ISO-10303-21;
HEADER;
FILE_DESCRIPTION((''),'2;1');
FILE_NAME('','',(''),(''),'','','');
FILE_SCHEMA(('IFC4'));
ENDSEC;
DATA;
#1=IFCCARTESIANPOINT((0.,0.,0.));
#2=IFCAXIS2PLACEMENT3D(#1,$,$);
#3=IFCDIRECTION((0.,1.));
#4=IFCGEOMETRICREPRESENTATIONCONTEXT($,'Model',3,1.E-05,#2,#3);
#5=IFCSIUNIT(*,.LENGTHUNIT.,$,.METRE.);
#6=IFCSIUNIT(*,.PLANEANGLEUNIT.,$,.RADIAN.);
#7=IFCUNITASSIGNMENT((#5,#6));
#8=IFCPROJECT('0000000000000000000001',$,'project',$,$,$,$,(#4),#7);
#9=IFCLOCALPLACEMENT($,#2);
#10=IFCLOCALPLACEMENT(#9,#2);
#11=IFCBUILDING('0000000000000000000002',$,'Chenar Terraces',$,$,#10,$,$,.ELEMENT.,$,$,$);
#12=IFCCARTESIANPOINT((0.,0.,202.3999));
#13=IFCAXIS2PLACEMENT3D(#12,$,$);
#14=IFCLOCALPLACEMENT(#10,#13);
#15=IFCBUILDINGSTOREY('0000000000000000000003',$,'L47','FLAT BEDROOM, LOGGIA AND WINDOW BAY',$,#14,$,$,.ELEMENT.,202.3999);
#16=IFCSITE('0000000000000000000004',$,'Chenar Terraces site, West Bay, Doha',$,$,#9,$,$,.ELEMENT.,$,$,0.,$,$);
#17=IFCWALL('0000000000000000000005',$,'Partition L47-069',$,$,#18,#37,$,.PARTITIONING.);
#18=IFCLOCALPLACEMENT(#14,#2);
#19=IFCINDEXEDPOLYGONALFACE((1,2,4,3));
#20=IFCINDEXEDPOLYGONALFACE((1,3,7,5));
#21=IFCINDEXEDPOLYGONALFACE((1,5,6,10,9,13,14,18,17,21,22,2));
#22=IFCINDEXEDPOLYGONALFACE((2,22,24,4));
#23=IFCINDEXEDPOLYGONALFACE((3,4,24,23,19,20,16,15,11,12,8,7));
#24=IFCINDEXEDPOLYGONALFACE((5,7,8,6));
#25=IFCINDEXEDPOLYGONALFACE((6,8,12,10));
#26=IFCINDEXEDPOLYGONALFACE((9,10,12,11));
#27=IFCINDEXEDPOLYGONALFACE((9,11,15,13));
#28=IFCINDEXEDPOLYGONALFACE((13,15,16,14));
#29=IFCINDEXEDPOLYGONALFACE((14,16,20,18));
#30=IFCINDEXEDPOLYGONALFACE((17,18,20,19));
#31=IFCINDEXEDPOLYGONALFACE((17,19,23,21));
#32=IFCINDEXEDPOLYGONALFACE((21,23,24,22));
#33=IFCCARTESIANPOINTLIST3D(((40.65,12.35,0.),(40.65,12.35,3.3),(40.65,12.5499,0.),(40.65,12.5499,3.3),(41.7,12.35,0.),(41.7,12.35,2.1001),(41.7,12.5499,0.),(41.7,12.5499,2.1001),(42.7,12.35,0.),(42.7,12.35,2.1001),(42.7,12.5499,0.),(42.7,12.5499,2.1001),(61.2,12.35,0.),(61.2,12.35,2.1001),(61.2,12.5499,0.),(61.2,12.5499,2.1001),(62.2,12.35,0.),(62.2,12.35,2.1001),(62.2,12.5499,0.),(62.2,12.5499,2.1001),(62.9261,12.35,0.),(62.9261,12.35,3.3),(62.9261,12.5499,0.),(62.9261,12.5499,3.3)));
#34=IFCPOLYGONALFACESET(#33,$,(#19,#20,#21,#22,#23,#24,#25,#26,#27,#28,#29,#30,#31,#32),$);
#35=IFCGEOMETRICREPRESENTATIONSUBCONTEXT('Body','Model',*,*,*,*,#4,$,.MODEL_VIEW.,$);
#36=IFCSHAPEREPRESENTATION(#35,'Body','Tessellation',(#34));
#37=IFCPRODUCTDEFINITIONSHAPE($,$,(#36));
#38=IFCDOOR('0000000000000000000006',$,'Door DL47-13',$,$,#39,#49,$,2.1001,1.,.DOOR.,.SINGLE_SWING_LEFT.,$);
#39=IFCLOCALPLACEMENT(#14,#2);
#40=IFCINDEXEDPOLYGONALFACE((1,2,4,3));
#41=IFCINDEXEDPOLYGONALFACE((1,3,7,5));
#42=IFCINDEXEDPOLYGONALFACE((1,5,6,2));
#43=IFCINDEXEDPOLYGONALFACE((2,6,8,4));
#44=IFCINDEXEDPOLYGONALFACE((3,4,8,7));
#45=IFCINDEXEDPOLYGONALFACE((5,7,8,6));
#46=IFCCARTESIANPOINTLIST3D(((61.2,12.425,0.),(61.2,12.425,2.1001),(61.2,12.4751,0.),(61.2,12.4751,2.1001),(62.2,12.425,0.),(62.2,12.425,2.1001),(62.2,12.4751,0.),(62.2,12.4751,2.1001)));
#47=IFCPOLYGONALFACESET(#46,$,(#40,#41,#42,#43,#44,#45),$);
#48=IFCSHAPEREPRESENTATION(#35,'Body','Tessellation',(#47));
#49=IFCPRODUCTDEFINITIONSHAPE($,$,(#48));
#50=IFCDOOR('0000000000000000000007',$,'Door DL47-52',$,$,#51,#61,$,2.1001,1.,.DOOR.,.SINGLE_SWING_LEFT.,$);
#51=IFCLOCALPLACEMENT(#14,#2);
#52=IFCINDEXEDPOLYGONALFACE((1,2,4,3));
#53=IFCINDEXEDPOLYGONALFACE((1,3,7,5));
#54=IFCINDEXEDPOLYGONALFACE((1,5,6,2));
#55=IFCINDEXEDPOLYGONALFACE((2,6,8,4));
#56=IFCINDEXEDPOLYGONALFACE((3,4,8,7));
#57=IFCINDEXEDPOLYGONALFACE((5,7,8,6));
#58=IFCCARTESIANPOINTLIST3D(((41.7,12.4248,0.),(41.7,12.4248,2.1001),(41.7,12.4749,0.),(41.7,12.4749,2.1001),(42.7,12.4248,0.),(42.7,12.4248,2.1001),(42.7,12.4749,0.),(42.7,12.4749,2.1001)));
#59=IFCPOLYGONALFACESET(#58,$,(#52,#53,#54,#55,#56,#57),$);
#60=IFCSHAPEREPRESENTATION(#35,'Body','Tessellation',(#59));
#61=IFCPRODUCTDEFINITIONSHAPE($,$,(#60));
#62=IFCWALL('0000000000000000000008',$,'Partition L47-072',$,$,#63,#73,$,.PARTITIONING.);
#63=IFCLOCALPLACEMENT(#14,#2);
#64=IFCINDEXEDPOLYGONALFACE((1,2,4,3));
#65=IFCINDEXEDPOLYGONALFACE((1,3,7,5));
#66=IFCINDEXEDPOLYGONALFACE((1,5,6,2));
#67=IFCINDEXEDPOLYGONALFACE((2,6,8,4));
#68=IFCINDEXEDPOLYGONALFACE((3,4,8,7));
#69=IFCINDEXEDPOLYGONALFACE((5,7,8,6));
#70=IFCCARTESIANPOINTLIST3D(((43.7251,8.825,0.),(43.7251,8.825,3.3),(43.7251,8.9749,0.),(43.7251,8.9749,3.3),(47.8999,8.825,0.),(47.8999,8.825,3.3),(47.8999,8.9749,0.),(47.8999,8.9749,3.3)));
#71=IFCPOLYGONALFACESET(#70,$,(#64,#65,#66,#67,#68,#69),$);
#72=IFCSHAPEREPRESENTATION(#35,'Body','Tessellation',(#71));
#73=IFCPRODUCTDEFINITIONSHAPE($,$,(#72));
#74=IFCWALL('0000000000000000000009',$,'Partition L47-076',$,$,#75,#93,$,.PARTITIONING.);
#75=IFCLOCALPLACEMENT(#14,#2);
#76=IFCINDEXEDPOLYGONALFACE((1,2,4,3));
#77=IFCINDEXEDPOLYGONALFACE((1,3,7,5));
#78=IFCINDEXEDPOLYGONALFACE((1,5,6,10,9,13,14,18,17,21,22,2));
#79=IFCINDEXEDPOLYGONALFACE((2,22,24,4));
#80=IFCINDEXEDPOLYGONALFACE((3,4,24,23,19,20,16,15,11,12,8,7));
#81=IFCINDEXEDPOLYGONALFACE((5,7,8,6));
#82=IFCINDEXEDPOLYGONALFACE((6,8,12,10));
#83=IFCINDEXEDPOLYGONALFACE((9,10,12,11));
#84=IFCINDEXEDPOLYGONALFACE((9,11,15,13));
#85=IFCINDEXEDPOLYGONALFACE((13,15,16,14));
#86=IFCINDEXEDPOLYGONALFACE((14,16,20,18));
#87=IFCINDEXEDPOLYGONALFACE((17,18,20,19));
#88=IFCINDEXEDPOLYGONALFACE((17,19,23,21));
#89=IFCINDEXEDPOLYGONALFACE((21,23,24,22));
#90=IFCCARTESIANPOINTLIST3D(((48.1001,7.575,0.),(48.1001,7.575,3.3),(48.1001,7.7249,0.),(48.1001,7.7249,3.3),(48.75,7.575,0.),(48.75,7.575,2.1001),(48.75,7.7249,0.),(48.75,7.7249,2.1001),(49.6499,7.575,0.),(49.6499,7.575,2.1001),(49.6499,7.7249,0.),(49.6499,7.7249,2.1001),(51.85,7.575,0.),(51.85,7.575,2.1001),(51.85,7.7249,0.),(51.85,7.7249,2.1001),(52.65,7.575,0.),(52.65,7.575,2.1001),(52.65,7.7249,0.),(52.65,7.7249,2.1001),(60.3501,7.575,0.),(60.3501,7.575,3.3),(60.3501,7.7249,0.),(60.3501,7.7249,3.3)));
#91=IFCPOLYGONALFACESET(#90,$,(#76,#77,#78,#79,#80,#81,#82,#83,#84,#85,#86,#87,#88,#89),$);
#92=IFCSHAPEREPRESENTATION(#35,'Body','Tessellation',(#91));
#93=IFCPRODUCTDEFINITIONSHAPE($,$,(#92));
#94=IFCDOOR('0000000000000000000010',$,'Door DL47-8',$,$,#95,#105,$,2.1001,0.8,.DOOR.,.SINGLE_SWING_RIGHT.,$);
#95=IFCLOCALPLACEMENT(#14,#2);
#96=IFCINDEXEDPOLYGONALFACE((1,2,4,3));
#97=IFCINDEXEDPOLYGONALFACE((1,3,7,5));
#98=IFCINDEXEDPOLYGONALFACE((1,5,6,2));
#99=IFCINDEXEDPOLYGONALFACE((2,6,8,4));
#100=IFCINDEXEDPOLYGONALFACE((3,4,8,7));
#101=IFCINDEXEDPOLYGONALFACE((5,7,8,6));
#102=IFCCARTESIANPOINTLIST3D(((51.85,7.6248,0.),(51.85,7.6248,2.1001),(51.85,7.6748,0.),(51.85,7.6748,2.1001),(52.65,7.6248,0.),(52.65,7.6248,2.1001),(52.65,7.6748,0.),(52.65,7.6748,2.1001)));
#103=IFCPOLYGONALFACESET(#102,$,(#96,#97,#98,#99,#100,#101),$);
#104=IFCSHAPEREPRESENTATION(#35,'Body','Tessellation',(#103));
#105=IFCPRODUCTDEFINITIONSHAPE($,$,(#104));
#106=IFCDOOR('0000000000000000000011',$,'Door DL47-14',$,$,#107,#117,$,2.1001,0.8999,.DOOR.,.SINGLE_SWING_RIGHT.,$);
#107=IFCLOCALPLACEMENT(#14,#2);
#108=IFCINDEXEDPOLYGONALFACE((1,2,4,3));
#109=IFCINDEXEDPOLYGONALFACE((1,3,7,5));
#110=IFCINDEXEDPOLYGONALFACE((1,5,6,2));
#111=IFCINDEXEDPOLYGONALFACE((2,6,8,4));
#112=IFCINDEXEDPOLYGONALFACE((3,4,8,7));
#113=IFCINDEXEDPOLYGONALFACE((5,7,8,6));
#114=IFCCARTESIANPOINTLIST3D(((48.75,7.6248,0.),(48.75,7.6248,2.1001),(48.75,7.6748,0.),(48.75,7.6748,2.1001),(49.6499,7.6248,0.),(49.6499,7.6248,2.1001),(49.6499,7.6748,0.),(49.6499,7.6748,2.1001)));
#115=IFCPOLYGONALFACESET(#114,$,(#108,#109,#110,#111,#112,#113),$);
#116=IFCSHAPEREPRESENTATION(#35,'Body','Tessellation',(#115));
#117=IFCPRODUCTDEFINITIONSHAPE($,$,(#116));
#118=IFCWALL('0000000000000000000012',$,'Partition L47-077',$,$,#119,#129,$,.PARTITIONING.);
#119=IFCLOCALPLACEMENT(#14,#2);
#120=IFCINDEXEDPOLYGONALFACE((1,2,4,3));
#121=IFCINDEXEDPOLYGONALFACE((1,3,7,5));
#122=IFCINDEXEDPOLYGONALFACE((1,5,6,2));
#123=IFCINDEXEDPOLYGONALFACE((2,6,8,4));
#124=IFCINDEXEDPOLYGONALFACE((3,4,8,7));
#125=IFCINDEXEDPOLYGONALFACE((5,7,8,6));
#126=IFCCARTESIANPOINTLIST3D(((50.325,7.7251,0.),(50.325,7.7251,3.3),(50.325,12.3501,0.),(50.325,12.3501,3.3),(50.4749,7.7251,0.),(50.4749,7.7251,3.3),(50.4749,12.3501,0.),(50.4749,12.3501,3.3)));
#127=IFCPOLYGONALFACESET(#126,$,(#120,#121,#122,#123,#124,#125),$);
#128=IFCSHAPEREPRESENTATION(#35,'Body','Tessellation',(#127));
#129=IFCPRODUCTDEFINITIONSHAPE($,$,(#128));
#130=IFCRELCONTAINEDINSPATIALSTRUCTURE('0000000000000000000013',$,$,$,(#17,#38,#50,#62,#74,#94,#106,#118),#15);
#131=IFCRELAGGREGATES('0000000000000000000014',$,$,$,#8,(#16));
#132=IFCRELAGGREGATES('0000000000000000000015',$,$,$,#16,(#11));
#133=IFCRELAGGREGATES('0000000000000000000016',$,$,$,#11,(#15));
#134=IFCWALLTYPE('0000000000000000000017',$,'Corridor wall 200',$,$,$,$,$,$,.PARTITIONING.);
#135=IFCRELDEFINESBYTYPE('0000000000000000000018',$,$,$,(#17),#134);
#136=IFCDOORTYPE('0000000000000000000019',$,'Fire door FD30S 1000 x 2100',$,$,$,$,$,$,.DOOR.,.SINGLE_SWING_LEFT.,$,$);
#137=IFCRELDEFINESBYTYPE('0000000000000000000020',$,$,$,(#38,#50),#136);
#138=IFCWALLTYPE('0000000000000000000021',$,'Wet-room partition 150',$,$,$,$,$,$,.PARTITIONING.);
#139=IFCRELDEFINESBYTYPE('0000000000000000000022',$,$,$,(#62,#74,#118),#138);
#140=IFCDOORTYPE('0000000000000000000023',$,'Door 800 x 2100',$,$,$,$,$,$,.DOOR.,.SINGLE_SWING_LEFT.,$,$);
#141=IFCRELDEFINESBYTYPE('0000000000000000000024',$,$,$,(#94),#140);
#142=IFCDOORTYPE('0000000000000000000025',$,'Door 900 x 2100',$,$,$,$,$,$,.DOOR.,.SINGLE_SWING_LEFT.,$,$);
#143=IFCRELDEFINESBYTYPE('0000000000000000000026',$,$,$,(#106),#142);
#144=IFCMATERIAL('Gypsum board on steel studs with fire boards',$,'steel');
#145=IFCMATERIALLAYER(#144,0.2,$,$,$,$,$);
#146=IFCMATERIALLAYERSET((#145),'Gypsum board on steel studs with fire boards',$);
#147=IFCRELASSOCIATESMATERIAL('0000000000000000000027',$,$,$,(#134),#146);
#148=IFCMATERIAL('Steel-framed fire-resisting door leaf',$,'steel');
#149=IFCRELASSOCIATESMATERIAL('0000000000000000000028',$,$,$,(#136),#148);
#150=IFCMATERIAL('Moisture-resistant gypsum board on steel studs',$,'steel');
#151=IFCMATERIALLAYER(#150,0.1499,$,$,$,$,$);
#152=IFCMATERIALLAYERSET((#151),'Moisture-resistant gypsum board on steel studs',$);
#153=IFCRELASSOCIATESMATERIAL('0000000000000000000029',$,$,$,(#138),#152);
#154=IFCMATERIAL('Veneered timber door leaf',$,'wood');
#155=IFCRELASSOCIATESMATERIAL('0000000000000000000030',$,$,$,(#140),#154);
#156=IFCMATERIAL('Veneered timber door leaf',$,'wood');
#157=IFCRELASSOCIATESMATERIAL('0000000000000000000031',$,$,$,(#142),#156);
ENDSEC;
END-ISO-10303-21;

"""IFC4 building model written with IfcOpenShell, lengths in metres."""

from ifc_helpers import new_model, si_unit, direction, frame, frame_2d, origin, place, context, subcontext, project, spatial, rectangle, extrude, material, layer, layer_set, type_object, element, fill, save


model = new_model("IFC4")

# Units and contexts
model_context = context("Model", 3, precision=1e-05, world=origin(), true_north=direction((0.0, 1.0)))
body_context = subcontext(model_context, "Body", "Model", "MODEL_VIEW")
ifc_project = project(units=[si_unit("LENGTHUNIT", "METRE"), si_unit("PLANEANGLEUNIT", "RADIAN")], contexts=[model_context])

# Site, building, storey
site_placement = place(None, origin())
site = spatial("IfcSite", under=ifc_project, at=site_placement, Name="Chenar Terraces site, West Bay, Doha", CompositionType="ELEMENT", RefElevation=0.0)
building_placement = place(site_placement, origin())
building = spatial("IfcBuilding", under=site, at=building_placement, Name="Chenar Terraces", CompositionType="ELEMENT")
storey_placement = place(building_placement, frame((0.0, 0.0, 202.3999)))
storey = spatial("IfcBuildingStorey", under=building, at=storey_placement, Name="L47", Description="FLAT BEDROOM, LOGGIA AND WINDOW BAY", CompositionType="ELEMENT", Elevation=202.3999)

# Wall, openings, doors
ifc_material_1 = material(Name="Gypsum board on steel studs with fire boards", Category="steel")
ifc_layer_1 = layer(ifc_material_1, 0.2)
ifc_layer_set_1 = layer_set([ifc_layer_1], Name="Gypsum board on steel studs with fire boards")
wall_type_1 = type_object("IfcWallType", Name="Corridor wall 200", PredefinedType="PARTITIONING", material=ifc_layer_set_1)
wall_1_placement = place(storey_placement, frame((40.6499, 12.45, 0.0), z_axis=(0.0, 0.0, 1.0), x_axis=(1.0, 0.0, 0.0)))
wall_1 = element("IfcWall", 1, at=wall_1_placement, inside=storey, type_object=wall_type_1, Name="Partition L47-069", PredefinedType="PARTITIONING", context=body_context, shape_type="SweptSolid", body=[
    extrude(rectangle(XDim=22.2761, YDim=0.2, at=frame_2d((11.1382, 0.0))), origin(), (0.0, 0.0, 1.0), 3.3),
])
opening_1_placement = place(wall_1_placement, frame((20.55, 0.0, 0.0)))
opening_1 = element("IfcOpeningElement", 2, at=opening_1_placement, cuts=wall_1, PredefinedType="OPENING", context=body_context, shape_type="SweptSolid", body=[
    extrude(rectangle(XDim=1.0, YDim=2.1001, at=frame_2d((0.5, 1.05))), frame((0.0, 0.1099, 0.0), z_axis=(0.0, -1.0, 0.0), x_axis=(1.0, 0.0, 0.0)), (0.0, 0.0, 1.0), 0.22),
])
opening_2_placement = place(wall_1_placement, frame((1.05, 0.0, 0.0)))
opening_2 = element("IfcOpeningElement", 3, at=opening_2_placement, cuts=wall_1, PredefinedType="OPENING", context=body_context, shape_type="SweptSolid", body=[
    extrude(rectangle(XDim=1.0, YDim=2.1001, at=frame_2d((0.5, 1.05))), frame((0.0, 0.1099, 0.0), z_axis=(0.0, -1.0, 0.0), x_axis=(1.0, 0.0, 0.0)), (0.0, 0.0, 1.0), 0.22),
])
ifc_material_2 = material(Name="Steel-framed fire-resisting door leaf", Category="steel")
door_type_1 = type_object("IfcDoorType", Name="Fire door FD30S 1000 x 2100", OperationType="SINGLE_SWING_LEFT", PredefinedType="DOOR", material=ifc_material_2)
door_1_placement = place(opening_1_placement, frame((1.0, 0.0, 0.0), z_axis=(0.0, 0.0, 1.0), x_axis=(-1.0, 0.0, 0.0)))
door_1 = element("IfcDoor", 4, at=door_1_placement, inside=storey, type_object=door_type_1, Name="Door DL47-13", OperationType="SINGLE_SWING_LEFT", OverallHeight=2.1001, OverallWidth=1.0, PredefinedType="DOOR", context=body_context, shape_type="SweptSolid", body=[
    extrude(rectangle(XDim=1.0, YDim=2.1001, at=frame_2d((0.5, 1.05))), frame((0.0, 0.0249, 0.0), z_axis=(0.0, -1.0, 0.0), x_axis=(1.0, 0.0, 0.0)), (0.0, 0.0, 1.0), 0.05),
])
fill(opening_1, door_1)
door_2_placement = place(opening_2_placement, origin())
door_2 = element("IfcDoor", 5, at=door_2_placement, inside=storey, type_object=door_type_1, Name="Door DL47-52", OperationType="SINGLE_SWING_LEFT", OverallHeight=2.1001, OverallWidth=1.0, PredefinedType="DOOR", context=body_context, shape_type="SweptSolid", body=[
    extrude(rectangle(XDim=1.0, YDim=2.1001, at=frame_2d((0.5, 1.05))), frame((0.0, 0.0249, 0.0), z_axis=(0.0, -1.0, 0.0), x_axis=(1.0, 0.0, 0.0)), (0.0, 0.0, 1.0), 0.05),
])
fill(opening_2, door_2)

# Wall
ifc_material_3 = material(Name="Moisture-resistant gypsum board on steel studs", Category="steel")
ifc_layer_2 = layer(ifc_material_3, 0.1499)
ifc_layer_set_2 = layer_set([ifc_layer_2], Name="Moisture-resistant gypsum board on steel studs")
wall_type_2 = type_object("IfcWallType", Name="Wet-room partition 150", PredefinedType="PARTITIONING", material=ifc_layer_set_2)
wall_2_placement = place(storey_placement, frame((43.7251, 8.8999, 0.0), z_axis=(0.0, 0.0, 1.0), x_axis=(1.0, 0.0, 0.0)))
element("IfcWall", 6, at=wall_2_placement, inside=storey, type_object=wall_type_2, Name="Partition L47-072", PredefinedType="PARTITIONING", context=body_context, shape_type="SweptSolid", body=[
    extrude(rectangle(XDim=4.1748, YDim=0.1499, at=frame_2d((2.0874, 0.0))), origin(), (0.0, 0.0, 1.0), 3.3),
])

# Wall, openings, doors
wall_3_placement = place(storey_placement, frame((48.1001, 7.6499, 0.0), z_axis=(0.0, 0.0, 1.0), x_axis=(1.0, 0.0, 0.0)))
wall_3 = element("IfcWall", 7, at=wall_3_placement, inside=storey, type_object=wall_type_2, Name="Partition L47-076", PredefinedType="PARTITIONING", context=body_context, shape_type="SweptSolid", body=[
    extrude(rectangle(XDim=12.25, YDim=0.1499, at=frame_2d((6.125, 0.0))), origin(), (0.0, 0.0, 1.0), 3.3),
])
opening_3_placement = place(wall_3_placement, frame((3.75, 0.0, 0.0)))
opening_3 = element("IfcOpeningElement", 8, at=opening_3_placement, cuts=wall_3, PredefinedType="OPENING", context=body_context, shape_type="SweptSolid", body=[
    extrude(rectangle(XDim=0.8, YDim=2.1001, at=frame_2d((0.3999, 1.05))), frame((0.0, 0.085, 0.0), z_axis=(0.0, -1.0, 0.0), x_axis=(1.0, 0.0, 0.0)), (0.0, 0.0, 1.0), 0.1699),
])
opening_4_placement = place(wall_3_placement, frame((0.6499, 0.0, 0.0)))
opening_4 = element("IfcOpeningElement", 9, at=opening_4_placement, cuts=wall_3, PredefinedType="OPENING", context=body_context, shape_type="SweptSolid", body=[
    extrude(rectangle(XDim=0.8999, YDim=2.1001, at=frame_2d((0.45, 1.05))), frame((0.0, 0.085, 0.0), z_axis=(0.0, -1.0, 0.0), x_axis=(1.0, 0.0, 0.0)), (0.0, 0.0, 1.0), 0.1699),
])
ifc_material_4 = material(Name="Veneered timber door leaf", Category="wood")
door_type_2 = type_object("IfcDoorType", Name="Door 800 x 2100", OperationType="SINGLE_SWING_LEFT", PredefinedType="DOOR", material=ifc_material_4)
door_3_placement = place(opening_3_placement, origin())
door_3 = element("IfcDoor", 10, at=door_3_placement, inside=storey, type_object=door_type_2, Name="Door DL47-8", OperationType="SINGLE_SWING_RIGHT", OverallHeight=2.1001, OverallWidth=0.8, PredefinedType="DOOR", context=body_context, shape_type="SweptSolid", body=[
    extrude(rectangle(XDim=0.8, YDim=2.1001, at=frame_2d((0.3999, 1.05))), frame((0.0, 0.0249, 0.0), z_axis=(0.0, -1.0, 0.0), x_axis=(1.0, 0.0, 0.0)), (0.0, 0.0, 1.0), 0.05),
])
fill(opening_3, door_3)
ifc_material_5 = material(Name="Veneered timber door leaf", Category="wood")
door_type_3 = type_object("IfcDoorType", Name="Door 900 x 2100", OperationType="SINGLE_SWING_LEFT", PredefinedType="DOOR", material=ifc_material_5)
door_4_placement = place(opening_4_placement, origin())
door_4 = element("IfcDoor", 11, at=door_4_placement, inside=storey, type_object=door_type_3, Name="Door DL47-14", OperationType="SINGLE_SWING_RIGHT", OverallHeight=2.1001, OverallWidth=0.8999, PredefinedType="DOOR", context=body_context, shape_type="SweptSolid", body=[
    extrude(rectangle(XDim=0.8999, YDim=2.1001, at=frame_2d((0.45, 1.05))), frame((0.0, 0.0249, 0.0), z_axis=(0.0, -1.0, 0.0), x_axis=(1.0, 0.0, 0.0)), (0.0, 0.0, 1.0), 0.05),
])
fill(opening_4, door_4)

# Wall
wall_4_placement = place(storey_placement, frame((50.3999, 7.7251, 0.0), z_axis=(0.0, 0.0, 1.0), x_axis=(0.0, 1.0, 0.0)))
element("IfcWall", 12, at=wall_4_placement, inside=storey, type_object=wall_type_2, Name="Partition L47-077", PredefinedType="PARTITIONING", context=body_context, shape_type="SweptSolid", body=[
    extrude(rectangle(XDim=4.625, YDim=0.1499, at=frame_2d((2.3125, 0.0))), origin(), (0.0, 0.0, 1.0), 3.3),
])

save(model, "model.ifc")
